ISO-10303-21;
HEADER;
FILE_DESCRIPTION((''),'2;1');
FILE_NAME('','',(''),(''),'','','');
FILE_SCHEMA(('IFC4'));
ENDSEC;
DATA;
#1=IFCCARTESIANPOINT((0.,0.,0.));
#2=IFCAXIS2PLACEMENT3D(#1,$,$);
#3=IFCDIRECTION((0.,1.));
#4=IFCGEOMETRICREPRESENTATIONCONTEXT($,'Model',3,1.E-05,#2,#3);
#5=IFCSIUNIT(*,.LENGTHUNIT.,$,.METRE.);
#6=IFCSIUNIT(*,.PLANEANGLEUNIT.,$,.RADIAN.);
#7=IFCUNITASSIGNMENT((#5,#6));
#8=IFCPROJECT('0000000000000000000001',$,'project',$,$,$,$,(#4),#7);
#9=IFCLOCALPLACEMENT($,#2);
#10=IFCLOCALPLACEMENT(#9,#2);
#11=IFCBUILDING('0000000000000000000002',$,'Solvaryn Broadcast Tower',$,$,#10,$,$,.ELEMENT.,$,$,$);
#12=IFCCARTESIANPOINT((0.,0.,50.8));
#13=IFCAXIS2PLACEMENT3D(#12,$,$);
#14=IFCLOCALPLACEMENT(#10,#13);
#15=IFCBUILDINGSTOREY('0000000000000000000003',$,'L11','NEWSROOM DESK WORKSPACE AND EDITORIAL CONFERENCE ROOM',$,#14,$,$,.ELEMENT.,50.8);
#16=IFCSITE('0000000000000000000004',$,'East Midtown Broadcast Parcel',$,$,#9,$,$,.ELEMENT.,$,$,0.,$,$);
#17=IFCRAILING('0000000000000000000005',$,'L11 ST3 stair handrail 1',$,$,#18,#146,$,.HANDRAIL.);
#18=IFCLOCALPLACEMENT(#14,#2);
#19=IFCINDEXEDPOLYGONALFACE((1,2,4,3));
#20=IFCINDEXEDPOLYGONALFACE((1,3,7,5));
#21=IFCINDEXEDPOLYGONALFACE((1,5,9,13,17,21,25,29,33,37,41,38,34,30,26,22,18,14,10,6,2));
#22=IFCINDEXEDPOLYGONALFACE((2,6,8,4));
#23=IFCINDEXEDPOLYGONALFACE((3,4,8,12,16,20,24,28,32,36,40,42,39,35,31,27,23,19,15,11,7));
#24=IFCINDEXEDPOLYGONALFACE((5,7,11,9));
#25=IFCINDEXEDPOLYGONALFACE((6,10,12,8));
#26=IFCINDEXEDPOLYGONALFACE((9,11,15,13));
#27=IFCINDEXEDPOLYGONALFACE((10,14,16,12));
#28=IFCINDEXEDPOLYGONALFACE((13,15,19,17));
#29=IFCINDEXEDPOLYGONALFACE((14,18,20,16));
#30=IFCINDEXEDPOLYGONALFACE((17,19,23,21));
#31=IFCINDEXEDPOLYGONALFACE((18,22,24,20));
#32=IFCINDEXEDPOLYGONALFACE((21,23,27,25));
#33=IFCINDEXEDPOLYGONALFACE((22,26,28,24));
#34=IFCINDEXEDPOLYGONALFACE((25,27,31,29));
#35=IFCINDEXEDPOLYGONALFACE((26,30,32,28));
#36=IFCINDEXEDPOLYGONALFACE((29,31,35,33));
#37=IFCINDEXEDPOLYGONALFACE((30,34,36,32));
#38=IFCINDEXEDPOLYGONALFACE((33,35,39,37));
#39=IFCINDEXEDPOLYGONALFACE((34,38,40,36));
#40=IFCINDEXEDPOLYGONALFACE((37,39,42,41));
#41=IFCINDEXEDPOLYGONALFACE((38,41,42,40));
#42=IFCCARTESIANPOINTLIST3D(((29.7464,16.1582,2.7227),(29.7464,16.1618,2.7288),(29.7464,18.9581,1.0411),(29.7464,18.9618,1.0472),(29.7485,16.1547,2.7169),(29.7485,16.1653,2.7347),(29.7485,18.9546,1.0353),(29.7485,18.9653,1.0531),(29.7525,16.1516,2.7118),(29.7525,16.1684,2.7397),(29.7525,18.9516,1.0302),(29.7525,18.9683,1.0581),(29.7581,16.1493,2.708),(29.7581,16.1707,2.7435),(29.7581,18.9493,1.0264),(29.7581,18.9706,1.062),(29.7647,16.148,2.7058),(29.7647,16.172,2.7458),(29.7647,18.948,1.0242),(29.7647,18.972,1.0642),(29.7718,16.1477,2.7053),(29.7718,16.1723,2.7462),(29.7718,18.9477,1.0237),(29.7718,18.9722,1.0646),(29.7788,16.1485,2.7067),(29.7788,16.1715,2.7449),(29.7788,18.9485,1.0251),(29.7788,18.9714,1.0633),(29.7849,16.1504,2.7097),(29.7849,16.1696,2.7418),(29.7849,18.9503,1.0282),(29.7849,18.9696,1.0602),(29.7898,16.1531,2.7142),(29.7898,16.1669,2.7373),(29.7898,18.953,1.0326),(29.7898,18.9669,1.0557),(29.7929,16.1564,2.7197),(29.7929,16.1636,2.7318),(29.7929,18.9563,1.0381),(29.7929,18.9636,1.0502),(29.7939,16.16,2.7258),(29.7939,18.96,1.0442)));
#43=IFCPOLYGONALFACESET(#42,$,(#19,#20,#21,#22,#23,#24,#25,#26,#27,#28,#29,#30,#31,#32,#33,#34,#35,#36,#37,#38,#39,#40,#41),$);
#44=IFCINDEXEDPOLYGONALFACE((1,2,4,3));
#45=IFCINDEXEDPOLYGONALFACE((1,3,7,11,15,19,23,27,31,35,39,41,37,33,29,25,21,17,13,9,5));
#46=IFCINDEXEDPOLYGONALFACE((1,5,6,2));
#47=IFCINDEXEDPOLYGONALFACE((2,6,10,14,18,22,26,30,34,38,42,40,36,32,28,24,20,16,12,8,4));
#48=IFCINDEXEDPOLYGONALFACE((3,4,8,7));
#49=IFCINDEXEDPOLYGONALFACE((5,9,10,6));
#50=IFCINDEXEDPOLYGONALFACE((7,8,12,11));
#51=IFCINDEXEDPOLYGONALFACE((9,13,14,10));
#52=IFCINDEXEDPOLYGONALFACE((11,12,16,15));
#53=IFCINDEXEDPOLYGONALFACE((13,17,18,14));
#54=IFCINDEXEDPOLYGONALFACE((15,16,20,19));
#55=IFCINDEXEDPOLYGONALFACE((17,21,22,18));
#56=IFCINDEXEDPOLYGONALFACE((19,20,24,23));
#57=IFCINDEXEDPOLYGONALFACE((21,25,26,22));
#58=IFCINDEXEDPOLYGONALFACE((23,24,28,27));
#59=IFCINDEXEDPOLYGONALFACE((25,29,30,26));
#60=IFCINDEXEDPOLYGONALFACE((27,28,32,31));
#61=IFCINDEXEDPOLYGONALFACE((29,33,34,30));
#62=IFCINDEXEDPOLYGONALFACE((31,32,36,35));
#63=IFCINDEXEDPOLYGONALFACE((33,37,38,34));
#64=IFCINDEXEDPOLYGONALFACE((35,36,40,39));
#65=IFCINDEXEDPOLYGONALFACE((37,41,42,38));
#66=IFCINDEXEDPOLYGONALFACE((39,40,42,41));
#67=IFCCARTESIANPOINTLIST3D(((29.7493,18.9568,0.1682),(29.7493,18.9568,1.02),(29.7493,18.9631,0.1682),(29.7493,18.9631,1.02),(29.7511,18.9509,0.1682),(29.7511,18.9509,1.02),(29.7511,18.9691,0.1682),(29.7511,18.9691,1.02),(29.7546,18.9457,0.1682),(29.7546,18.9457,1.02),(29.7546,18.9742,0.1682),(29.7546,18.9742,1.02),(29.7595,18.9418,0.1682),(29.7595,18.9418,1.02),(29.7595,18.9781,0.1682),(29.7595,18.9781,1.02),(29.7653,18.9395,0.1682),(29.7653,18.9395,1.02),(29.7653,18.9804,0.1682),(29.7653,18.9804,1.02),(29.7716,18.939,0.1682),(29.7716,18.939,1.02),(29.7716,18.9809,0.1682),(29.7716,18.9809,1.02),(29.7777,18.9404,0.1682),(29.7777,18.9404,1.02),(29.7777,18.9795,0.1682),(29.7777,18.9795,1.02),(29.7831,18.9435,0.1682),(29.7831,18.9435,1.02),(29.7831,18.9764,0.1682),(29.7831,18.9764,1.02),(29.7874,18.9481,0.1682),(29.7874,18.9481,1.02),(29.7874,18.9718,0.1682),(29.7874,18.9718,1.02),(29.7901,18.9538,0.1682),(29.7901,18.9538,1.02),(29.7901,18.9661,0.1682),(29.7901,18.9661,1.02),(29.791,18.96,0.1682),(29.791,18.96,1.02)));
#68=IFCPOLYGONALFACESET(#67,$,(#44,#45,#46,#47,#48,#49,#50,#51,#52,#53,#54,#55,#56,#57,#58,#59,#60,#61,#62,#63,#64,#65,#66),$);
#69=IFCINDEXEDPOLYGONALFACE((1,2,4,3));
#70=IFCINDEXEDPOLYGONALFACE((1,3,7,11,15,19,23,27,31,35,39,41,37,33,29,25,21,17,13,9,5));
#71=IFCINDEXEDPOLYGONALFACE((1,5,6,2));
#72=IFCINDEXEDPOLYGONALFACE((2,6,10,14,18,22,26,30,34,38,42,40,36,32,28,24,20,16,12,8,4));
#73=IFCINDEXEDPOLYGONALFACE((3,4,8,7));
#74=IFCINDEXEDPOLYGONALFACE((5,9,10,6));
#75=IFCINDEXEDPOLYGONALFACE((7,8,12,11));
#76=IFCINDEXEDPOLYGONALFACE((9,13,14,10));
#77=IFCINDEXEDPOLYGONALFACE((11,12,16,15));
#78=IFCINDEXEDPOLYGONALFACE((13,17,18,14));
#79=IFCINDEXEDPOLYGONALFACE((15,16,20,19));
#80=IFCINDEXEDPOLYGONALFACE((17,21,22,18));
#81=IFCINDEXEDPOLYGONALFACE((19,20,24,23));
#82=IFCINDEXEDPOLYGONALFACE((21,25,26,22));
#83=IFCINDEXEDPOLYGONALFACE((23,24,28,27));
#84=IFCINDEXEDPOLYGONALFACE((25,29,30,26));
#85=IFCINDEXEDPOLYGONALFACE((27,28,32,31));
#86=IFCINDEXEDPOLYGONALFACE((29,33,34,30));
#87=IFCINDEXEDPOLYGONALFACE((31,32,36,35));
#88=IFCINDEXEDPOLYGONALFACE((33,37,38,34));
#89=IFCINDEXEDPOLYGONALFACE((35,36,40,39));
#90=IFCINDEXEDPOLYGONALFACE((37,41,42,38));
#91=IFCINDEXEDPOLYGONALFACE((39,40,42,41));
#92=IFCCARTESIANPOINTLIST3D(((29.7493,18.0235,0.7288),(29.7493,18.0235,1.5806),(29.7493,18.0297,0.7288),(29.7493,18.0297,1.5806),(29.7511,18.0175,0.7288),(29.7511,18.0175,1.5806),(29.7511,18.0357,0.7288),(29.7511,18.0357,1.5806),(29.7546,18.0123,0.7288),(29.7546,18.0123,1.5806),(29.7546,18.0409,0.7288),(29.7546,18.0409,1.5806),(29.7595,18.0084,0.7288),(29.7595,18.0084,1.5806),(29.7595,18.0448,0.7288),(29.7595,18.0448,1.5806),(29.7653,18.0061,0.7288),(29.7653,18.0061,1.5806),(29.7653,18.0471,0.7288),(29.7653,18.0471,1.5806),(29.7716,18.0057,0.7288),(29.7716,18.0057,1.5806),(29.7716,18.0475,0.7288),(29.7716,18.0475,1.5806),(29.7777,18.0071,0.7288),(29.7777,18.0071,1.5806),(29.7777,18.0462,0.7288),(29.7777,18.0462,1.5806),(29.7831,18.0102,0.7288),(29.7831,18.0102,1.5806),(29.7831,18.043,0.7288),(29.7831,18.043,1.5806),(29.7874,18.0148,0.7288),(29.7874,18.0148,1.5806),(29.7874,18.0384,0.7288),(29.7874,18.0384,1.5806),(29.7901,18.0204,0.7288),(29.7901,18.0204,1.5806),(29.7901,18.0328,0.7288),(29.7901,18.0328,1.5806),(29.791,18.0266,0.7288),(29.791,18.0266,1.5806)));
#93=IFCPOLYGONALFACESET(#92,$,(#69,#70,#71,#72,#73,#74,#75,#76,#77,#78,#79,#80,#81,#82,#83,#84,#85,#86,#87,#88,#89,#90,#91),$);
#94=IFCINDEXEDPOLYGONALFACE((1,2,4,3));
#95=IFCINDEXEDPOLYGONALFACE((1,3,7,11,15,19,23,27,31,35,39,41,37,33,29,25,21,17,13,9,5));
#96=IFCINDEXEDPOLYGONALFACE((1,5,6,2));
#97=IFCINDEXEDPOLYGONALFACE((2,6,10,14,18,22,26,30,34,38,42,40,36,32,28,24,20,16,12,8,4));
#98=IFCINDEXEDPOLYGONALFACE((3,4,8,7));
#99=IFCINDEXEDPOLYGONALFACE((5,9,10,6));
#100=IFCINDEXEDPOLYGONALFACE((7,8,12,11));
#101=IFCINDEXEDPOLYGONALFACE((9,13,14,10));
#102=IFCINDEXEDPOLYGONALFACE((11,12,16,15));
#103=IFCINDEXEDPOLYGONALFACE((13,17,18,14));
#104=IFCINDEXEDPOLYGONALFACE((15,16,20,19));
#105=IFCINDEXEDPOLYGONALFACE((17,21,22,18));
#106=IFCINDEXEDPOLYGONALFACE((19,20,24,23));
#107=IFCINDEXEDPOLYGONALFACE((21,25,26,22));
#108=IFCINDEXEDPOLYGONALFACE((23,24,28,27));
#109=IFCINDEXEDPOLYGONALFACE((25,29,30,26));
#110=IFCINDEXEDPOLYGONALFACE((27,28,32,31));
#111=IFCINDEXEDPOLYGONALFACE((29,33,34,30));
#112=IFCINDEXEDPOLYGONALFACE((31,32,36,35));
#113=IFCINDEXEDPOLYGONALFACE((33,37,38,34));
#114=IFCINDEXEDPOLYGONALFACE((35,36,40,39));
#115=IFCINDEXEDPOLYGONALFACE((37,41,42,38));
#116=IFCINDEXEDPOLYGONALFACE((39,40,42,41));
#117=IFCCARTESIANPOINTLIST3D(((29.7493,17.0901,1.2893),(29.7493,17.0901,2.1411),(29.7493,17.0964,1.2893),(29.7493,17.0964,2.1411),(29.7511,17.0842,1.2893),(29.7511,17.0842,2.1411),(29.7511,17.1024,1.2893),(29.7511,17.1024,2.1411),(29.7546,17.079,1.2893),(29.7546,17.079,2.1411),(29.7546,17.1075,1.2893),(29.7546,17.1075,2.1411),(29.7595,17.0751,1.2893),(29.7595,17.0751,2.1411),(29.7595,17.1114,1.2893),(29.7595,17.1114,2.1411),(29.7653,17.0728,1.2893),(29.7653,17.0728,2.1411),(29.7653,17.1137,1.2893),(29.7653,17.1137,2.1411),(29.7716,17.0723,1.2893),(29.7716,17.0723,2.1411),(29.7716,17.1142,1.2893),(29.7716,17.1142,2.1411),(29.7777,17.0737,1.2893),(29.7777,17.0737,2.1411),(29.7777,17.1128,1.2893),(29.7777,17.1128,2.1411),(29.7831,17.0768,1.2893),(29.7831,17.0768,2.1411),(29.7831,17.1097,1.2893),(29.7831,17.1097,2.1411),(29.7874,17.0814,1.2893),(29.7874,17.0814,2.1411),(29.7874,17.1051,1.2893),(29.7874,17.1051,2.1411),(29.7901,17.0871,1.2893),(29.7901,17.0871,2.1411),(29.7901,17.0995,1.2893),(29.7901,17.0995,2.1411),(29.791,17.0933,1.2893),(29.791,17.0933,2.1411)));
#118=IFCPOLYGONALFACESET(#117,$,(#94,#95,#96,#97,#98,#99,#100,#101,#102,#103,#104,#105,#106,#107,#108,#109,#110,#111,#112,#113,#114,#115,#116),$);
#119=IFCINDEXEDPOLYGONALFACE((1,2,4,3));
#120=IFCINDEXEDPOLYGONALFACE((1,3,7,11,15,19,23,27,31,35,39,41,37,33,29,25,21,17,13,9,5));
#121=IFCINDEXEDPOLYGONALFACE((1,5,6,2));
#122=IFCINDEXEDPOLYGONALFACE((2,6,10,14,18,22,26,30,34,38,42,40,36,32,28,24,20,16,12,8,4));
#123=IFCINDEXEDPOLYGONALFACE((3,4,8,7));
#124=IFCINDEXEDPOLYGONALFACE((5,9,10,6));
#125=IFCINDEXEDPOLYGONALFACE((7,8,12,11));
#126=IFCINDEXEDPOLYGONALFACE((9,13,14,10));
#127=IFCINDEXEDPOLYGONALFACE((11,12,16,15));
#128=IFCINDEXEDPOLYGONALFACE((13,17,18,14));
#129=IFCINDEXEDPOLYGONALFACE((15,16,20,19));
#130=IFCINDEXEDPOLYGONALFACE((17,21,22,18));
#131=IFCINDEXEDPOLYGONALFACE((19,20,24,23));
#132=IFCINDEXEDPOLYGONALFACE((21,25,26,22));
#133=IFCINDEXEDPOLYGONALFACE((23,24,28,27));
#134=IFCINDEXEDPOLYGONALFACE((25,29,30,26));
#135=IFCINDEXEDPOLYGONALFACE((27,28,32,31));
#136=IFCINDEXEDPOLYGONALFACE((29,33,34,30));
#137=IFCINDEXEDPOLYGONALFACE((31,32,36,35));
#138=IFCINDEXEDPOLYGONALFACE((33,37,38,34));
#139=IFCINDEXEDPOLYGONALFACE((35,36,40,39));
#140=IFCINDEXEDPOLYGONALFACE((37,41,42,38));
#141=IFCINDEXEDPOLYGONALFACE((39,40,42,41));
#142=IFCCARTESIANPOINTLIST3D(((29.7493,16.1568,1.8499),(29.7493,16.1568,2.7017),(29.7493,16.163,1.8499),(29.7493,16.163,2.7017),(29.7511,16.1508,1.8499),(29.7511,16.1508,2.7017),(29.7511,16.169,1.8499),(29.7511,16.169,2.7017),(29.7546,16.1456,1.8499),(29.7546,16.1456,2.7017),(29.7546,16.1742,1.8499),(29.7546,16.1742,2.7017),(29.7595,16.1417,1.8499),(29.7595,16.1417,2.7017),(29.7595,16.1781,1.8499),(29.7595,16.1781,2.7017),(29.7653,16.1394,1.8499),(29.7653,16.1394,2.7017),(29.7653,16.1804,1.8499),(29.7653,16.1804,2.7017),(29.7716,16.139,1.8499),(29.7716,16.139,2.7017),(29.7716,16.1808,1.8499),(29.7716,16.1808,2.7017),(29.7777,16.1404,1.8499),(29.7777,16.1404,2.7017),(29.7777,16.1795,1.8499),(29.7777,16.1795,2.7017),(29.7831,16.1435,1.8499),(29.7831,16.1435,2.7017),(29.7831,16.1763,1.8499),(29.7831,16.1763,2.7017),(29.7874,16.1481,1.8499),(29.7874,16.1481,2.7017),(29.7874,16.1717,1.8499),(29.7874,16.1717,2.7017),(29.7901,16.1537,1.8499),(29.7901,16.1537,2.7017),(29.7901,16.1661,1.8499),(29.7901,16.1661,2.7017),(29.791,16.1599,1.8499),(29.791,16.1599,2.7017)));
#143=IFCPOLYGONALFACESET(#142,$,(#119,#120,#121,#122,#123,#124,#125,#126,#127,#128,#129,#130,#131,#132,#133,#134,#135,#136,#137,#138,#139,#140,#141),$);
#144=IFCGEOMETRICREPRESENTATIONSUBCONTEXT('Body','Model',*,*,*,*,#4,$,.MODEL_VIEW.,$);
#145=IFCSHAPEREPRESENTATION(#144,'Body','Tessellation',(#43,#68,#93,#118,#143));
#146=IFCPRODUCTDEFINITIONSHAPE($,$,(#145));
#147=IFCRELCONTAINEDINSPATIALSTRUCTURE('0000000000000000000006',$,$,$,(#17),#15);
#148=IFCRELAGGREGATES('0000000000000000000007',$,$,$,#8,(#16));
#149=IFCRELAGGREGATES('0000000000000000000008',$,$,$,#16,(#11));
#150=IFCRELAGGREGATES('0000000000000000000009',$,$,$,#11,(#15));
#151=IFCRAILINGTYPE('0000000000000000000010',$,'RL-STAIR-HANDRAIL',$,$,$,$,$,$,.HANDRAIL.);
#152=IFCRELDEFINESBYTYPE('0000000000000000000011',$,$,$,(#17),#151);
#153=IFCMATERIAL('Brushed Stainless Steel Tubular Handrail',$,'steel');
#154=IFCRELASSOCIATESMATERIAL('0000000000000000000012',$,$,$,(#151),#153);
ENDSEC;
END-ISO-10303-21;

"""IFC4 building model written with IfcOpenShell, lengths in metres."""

from ifc_helpers import new_model, si_unit, direction, frame, origin, origin_2d, place, context, subcontext, project, spatial, circle, extrude, material, type_object, element, save


model = new_model("IFC4")

# Units and contexts
model_context = context("Model", 3, precision=1e-05, world=origin(), true_north=direction((0.0, 1.0)))
body_context = subcontext(model_context, "Body", "Model", "MODEL_VIEW")
ifc_project = project(units=[si_unit("LENGTHUNIT", "METRE"), si_unit("PLANEANGLEUNIT", "RADIAN")], contexts=[model_context])

# Site, building, storey
site_placement = place(None, origin())
site = spatial("IfcSite", under=ifc_project, at=site_placement, Name="East Midtown Broadcast Parcel", CompositionType="ELEMENT", RefElevation=0.0)
building_placement = place(site_placement, origin())
building = spatial("IfcBuilding", under=site, at=building_placement, Name="Solvaryn Broadcast Tower", CompositionType="ELEMENT")
storey_placement = place(building_placement, frame((0.0, 0.0, 50.8)))
storey = spatial("IfcBuildingStorey", under=building, at=storey_placement, Name="L11", Description="NEWSROOM DESK WORKSPACE AND EDITORIAL CONFERENCE ROOM", CompositionType="ELEMENT", Elevation=50.8)

# Railing
ifc_material_1 = material(Name="Brushed Stainless Steel Tubular Handrail", Category="steel")
railing_type_1 = type_object("IfcRailingType", Name="RL-STAIR-HANDRAIL", PredefinedType="HANDRAIL", material=ifc_material_1)
railing_1_placement = place(storey_placement, frame((29.77, 18.96, 0.1682)))
element("IfcRailing", 1, at=railing_1_placement, inside=storey, type_object=railing_type_1, Name="L11 ST3 stair handrail 1", PredefinedType="HANDRAIL", context=body_context, shape_type="SweptSolid", body=[
    extrude(circle(Radius=0.0239, at=origin_2d()), frame((0.0, 0.0, 0.876), z_axis=(0.0, -0.857275, 0.514858), x_axis=(1.0, 0.0, 0.0)), (0.0, 0.0, 1.0), 3.2661),
    extrude(circle(Radius=0.021, at=origin_2d()), origin(), (0.0, 0.0, 1.0), 0.8518),
    extrude(circle(Radius=0.021, at=origin_2d()), frame((0.0, -0.9333, 0.5605)), (0.0, 0.0, 1.0), 0.8518),
    extrude(circle(Radius=0.021, at=origin_2d()), frame((0.0, -1.8667, 1.1211)), (0.0, 0.0, 1.0), 0.8518),
    extrude(circle(Radius=0.021, at=origin_2d()), frame((0.0, -2.8, 1.6816)), (0.0, 0.0, 1.0), 0.8518),
])

save(model, "model.ifc")
